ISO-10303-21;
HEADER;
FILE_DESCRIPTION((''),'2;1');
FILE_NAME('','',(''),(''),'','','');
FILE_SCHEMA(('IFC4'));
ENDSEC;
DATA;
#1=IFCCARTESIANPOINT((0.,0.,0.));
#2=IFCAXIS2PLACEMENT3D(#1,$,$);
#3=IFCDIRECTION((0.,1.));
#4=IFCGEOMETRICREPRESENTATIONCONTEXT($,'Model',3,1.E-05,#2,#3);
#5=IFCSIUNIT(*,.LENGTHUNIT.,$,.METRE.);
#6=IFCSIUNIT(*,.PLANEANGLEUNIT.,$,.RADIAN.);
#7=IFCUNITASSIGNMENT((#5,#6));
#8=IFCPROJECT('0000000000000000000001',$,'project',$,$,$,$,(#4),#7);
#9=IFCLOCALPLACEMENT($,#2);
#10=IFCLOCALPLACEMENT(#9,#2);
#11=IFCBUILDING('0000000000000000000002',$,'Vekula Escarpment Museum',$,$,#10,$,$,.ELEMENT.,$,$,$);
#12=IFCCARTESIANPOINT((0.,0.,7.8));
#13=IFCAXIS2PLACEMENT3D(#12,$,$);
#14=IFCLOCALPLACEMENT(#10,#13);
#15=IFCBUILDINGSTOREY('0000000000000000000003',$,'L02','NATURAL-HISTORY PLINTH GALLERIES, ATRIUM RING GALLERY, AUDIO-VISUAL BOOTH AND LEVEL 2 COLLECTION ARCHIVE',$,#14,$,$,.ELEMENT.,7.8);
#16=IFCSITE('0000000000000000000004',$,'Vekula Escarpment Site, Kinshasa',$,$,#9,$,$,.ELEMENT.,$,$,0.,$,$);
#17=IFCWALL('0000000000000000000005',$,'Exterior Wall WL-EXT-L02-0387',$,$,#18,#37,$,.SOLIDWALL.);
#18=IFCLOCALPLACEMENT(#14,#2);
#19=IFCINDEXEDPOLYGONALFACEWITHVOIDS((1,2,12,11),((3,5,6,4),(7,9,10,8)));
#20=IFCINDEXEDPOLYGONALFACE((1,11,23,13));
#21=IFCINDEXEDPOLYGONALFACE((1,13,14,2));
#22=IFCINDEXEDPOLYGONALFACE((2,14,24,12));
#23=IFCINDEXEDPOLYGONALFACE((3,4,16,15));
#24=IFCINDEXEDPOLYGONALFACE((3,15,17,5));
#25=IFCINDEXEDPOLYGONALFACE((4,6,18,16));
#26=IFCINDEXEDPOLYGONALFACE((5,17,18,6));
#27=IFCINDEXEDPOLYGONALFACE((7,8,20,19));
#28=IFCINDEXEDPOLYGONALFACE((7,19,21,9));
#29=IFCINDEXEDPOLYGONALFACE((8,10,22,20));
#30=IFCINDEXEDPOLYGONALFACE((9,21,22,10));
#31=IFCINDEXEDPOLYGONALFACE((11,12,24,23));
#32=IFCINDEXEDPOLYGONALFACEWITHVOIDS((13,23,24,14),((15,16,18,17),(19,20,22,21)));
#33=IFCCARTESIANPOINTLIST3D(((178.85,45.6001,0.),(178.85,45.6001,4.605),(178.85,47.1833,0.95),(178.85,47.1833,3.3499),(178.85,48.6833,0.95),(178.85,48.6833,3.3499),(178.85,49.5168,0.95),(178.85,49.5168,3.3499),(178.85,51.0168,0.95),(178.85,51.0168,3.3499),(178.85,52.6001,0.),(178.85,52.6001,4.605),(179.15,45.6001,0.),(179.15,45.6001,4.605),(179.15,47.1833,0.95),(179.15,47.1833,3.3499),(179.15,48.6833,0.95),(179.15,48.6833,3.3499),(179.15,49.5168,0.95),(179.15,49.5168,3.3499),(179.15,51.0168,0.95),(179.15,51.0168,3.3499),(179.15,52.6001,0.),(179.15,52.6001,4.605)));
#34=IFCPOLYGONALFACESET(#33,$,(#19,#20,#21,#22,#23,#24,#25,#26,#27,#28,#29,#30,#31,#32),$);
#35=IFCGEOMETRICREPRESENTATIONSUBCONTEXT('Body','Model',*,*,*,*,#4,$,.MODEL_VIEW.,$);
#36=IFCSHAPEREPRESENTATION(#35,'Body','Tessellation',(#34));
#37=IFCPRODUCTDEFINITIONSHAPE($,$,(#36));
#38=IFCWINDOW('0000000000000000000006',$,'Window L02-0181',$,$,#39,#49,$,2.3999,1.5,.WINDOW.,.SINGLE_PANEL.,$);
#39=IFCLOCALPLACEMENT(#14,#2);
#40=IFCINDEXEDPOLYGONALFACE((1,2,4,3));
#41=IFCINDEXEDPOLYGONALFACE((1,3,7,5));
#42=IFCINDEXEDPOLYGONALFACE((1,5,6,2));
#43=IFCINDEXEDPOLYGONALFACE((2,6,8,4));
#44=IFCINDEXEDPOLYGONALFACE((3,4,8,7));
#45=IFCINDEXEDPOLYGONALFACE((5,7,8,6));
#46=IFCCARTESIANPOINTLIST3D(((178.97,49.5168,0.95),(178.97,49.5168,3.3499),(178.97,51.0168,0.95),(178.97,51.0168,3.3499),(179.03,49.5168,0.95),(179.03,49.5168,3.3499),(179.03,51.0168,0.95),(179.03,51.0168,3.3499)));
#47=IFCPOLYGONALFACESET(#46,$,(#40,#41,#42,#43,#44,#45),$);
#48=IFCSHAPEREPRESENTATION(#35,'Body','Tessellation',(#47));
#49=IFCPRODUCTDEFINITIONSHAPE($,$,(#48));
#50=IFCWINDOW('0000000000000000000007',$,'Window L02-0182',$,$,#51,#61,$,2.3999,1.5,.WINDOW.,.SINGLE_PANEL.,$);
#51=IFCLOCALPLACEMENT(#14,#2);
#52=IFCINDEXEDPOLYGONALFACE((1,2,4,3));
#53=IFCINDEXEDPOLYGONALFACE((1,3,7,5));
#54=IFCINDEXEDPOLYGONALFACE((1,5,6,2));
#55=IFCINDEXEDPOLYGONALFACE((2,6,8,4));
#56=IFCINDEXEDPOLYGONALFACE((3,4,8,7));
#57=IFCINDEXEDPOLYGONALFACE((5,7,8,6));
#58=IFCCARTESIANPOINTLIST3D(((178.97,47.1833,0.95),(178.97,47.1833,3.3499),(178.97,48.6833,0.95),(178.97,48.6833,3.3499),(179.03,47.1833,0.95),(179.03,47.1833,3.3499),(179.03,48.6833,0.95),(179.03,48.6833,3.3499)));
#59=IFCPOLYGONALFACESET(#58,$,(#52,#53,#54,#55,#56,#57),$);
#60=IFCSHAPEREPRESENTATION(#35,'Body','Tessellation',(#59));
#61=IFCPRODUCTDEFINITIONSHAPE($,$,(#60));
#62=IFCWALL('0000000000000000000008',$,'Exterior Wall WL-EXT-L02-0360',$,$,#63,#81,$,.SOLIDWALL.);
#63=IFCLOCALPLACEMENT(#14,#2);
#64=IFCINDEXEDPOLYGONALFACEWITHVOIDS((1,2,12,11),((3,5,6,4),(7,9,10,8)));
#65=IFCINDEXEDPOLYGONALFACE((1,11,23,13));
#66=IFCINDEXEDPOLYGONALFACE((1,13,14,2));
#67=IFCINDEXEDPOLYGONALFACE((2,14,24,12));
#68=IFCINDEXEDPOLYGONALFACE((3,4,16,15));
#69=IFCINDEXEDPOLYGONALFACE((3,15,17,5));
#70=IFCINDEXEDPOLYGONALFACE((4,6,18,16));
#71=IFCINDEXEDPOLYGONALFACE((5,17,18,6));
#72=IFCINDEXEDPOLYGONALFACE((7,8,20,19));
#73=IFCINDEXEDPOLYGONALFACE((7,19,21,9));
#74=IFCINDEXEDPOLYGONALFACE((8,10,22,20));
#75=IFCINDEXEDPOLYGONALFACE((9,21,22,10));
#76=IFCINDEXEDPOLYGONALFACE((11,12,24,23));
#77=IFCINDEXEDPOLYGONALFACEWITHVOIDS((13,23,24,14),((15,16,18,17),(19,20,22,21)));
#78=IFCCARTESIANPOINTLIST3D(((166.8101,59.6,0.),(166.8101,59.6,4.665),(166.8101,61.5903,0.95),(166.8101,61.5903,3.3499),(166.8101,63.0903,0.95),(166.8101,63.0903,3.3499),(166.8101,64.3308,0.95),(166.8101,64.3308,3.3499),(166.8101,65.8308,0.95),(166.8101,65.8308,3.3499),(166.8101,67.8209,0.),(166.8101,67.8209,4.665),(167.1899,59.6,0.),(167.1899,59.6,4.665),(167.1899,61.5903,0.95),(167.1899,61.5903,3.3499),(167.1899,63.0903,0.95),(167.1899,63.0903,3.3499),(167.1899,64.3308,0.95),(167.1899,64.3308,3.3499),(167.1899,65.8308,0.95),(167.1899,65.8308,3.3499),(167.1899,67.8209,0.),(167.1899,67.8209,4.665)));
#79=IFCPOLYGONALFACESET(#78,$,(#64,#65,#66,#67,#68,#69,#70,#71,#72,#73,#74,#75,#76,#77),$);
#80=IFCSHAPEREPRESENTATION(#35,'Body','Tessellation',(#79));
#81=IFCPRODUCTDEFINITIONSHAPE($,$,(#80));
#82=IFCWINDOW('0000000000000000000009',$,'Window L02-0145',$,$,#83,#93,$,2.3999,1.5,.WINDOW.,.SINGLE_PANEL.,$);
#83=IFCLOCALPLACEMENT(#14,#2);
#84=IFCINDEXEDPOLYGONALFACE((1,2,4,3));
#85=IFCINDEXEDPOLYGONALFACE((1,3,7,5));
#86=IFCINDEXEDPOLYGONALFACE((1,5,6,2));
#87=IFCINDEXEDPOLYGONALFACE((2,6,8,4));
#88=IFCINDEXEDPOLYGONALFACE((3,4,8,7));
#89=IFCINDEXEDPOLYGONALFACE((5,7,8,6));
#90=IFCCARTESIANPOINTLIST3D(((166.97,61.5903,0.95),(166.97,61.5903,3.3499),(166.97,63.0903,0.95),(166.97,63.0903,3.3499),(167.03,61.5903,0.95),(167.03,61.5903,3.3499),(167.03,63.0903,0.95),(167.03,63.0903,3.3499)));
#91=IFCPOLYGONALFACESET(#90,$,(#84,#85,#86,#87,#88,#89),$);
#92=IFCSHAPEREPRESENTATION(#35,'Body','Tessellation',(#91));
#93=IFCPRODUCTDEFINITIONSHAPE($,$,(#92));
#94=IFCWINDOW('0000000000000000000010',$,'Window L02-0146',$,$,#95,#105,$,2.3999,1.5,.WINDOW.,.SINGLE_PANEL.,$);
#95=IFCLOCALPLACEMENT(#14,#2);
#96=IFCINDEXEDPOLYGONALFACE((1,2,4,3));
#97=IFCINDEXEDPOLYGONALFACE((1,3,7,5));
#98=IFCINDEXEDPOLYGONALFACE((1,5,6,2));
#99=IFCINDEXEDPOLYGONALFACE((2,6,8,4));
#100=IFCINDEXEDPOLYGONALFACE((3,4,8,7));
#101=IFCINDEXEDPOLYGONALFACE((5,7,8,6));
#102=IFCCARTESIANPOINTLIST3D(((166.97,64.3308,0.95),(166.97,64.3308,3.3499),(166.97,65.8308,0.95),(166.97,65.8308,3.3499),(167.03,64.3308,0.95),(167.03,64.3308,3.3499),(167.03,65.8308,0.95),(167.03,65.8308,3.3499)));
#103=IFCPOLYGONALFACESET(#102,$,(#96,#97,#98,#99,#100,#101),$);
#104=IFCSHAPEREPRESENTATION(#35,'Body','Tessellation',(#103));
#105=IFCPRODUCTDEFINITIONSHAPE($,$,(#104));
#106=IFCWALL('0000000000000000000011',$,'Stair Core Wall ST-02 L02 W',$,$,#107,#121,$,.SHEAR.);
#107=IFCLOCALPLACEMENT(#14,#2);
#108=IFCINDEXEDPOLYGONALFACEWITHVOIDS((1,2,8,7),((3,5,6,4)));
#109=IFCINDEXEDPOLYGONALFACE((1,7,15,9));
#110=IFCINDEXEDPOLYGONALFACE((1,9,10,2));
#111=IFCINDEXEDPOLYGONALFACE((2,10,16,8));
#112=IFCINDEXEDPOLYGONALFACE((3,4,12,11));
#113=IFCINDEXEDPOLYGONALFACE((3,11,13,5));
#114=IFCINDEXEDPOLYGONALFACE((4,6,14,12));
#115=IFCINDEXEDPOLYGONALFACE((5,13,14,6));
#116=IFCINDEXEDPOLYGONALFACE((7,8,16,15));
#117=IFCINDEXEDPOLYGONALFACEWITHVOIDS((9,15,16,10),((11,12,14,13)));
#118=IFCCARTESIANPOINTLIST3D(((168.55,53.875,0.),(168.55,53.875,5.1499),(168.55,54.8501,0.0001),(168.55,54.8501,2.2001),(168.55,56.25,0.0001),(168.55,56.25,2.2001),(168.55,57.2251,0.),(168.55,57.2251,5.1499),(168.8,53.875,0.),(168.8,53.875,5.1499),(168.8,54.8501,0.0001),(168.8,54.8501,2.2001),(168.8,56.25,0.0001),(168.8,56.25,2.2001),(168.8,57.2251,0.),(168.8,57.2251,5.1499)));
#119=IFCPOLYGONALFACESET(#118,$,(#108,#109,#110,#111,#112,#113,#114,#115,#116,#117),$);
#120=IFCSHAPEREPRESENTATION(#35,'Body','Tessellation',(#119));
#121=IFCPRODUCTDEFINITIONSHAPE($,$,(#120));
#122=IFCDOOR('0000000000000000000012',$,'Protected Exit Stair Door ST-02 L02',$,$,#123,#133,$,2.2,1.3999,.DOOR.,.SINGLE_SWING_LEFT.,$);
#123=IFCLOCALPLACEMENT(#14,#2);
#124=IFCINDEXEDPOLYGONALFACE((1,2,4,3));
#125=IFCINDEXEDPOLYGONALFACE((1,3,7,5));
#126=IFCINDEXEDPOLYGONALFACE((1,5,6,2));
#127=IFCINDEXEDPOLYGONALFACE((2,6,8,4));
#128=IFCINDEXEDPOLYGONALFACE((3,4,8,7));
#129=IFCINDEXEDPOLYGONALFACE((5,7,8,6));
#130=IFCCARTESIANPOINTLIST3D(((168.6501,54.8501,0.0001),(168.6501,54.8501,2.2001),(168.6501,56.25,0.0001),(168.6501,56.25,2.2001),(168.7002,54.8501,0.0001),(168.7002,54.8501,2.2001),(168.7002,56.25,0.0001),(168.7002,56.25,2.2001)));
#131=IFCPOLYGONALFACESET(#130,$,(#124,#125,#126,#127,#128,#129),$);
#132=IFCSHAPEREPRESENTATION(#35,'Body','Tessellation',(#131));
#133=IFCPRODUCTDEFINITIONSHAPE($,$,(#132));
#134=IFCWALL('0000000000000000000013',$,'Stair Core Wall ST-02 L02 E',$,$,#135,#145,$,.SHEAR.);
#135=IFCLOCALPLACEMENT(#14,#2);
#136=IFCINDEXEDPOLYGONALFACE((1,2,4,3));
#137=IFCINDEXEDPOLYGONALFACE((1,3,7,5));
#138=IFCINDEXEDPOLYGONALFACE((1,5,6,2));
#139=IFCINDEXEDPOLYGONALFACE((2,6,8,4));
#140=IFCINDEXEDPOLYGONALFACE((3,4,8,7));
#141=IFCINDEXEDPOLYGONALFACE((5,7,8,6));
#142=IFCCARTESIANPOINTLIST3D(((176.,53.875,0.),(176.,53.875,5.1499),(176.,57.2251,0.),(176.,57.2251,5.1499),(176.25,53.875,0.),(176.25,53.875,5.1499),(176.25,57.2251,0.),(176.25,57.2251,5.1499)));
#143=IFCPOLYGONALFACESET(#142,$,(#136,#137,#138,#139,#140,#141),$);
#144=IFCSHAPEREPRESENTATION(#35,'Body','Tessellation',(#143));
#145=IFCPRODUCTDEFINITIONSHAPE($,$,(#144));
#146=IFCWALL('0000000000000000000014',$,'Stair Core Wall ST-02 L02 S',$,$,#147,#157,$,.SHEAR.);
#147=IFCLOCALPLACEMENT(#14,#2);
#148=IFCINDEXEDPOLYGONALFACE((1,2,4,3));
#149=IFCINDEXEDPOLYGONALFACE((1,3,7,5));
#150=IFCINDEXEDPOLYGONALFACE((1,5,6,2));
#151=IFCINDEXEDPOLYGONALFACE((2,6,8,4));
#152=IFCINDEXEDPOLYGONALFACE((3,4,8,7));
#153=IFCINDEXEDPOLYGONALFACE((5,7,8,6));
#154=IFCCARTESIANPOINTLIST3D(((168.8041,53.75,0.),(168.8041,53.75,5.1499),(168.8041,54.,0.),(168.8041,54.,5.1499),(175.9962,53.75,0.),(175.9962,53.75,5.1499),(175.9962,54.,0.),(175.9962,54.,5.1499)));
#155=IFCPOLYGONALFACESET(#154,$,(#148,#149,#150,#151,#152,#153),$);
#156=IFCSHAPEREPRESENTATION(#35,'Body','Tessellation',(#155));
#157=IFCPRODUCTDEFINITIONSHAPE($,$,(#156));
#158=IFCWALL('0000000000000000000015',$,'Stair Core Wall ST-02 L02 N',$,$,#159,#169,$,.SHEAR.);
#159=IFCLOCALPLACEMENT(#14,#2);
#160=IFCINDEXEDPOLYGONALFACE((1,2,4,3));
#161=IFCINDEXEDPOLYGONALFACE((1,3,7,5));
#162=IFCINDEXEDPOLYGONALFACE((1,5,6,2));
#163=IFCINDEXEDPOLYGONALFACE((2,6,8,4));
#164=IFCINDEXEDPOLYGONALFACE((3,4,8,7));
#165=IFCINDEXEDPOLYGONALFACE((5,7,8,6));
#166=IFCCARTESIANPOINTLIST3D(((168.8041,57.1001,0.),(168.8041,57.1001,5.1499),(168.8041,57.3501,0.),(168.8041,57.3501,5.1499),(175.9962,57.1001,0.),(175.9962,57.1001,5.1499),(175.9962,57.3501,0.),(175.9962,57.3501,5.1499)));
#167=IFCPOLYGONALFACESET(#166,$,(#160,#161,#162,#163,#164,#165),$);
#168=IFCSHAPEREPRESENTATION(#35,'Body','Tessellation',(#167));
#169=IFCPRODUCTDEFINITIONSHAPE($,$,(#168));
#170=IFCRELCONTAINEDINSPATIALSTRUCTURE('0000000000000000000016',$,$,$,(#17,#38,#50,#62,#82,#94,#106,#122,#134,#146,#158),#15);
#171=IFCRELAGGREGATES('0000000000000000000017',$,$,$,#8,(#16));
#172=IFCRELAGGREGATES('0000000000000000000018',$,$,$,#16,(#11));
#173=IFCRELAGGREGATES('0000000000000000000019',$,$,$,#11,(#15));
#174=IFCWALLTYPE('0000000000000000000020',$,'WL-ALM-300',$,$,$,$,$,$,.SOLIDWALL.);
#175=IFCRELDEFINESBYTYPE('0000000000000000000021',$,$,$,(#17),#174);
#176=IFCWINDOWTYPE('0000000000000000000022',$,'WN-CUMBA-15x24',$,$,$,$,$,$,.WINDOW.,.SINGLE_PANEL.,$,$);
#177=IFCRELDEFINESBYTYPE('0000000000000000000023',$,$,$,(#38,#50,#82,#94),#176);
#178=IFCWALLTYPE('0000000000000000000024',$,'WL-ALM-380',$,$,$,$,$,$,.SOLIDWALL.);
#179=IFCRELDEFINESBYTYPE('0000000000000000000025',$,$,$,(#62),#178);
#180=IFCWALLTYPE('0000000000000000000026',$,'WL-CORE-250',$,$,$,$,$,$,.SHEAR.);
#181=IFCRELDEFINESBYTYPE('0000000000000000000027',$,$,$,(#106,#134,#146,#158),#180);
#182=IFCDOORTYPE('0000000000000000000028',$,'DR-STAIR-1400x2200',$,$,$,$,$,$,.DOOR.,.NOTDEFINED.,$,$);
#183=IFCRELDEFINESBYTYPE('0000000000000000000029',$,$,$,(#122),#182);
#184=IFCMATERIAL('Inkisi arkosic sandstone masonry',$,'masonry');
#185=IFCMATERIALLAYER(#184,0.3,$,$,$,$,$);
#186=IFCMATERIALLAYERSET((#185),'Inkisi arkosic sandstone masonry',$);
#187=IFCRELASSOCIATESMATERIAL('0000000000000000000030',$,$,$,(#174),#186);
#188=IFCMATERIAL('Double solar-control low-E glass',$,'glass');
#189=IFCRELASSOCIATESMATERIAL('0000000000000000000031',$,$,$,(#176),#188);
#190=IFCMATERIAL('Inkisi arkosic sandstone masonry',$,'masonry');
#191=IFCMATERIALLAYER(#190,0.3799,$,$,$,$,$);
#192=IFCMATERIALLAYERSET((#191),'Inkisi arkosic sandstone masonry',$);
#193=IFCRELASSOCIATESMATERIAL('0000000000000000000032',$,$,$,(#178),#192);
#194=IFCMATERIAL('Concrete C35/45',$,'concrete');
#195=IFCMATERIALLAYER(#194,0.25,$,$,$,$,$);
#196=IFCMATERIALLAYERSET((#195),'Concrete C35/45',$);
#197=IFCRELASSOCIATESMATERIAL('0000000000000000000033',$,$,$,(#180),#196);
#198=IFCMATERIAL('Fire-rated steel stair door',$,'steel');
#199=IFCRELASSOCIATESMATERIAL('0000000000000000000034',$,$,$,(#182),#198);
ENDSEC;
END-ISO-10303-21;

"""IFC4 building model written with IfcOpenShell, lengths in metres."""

from ifc_helpers import new_model, si_unit, direction, frame, frame_2d, origin, place, context, subcontext, project, spatial, rectangle, extrude, material, layer, layer_set, type_object, element, fill, save


model = new_model("IFC4")

# Units and contexts
model_context = context("Model", 3, precision=1e-05, world=origin(), true_north=direction((0.0, 1.0)))
body_context = subcontext(model_context, "Body", "Model", "MODEL_VIEW")
ifc_project = project(units=[si_unit("LENGTHUNIT", "METRE"), si_unit("PLANEANGLEUNIT", "RADIAN")], contexts=[model_context])

# Site, building, storey
site_placement = place(None, origin())
site = spatial("IfcSite", under=ifc_project, at=site_placement, Name="Vekula Escarpment Site, Kinshasa", CompositionType="ELEMENT", RefElevation=0.0)
building_placement = place(site_placement, origin())
building = spatial("IfcBuilding", under=site, at=building_placement, Name="Vekula Escarpment Museum", CompositionType="ELEMENT")
storey_placement = place(building_placement, frame((0.0, 0.0, 7.8)))
storey = spatial("IfcBuildingStorey", under=building, at=storey_placement, Name="L02", Description="NATURAL-HISTORY PLINTH GALLERIES, ATRIUM RING GALLERY, AUDIO-VISUAL BOOTH AND LEVEL 2 COLLECTION ARCHIVE", CompositionType="ELEMENT", Elevation=7.8)

# Walls, openings, windows
ifc_material_1 = material(Name="Inkisi arkosic sandstone masonry", Category="masonry")
ifc_layer_1 = layer(ifc_material_1, 0.3)
ifc_layer_set_1 = layer_set([ifc_layer_1], Name="Inkisi arkosic sandstone masonry")
wall_type_1 = type_object("IfcWallType", Name="WL-ALM-300", PredefinedType="SOLIDWALL", material=ifc_layer_set_1)
wall_1_placement = place(storey_placement, frame((179.0, 52.6001, 0.0), z_axis=(0.0, 0.0, 1.0), x_axis=(0.0, -1.0, 0.0)))
wall_1 = element("IfcWall", 1, at=wall_1_placement, inside=storey, type_object=wall_type_1, Name="Exterior Wall WL-EXT-L02-0387", PredefinedType="SOLIDWALL", context=body_context, shape_type="SweptSolid", body=[
    extrude(rectangle(XDim=7.0, YDim=0.3, at=frame_2d((3.5, 0.0))), origin(), (0.0, 0.0, 1.0), 4.605),
])
opening_1_placement = place(wall_1_placement, frame((1.5833, 0.0, 0.95)))
opening_1 = element("IfcOpeningElement", 2, at=opening_1_placement, cuts=wall_1, PredefinedType="OPENING", context=body_context, shape_type="SweptSolid", body=[
    extrude(rectangle(XDim=1.5, YDim=2.3999, at=frame_2d((0.75, 1.2))), frame((0.0, 0.1599, 0.0), z_axis=(0.0, -1.0, 0.0), x_axis=(1.0, 0.0, 0.0)), (0.0, 0.0, 1.0), 0.3201),
])
opening_2_placement = place(wall_1_placement, frame((3.9167, 0.0, 0.95)))
opening_2 = element("IfcOpeningElement", 3, at=opening_2_placement, cuts=wall_1, PredefinedType="OPENING", context=body_context, shape_type="SweptSolid", body=[
    extrude(rectangle(XDim=1.5, YDim=2.3999, at=frame_2d((0.75, 1.2))), frame((0.0, 0.1599, 0.0), z_axis=(0.0, -1.0, 0.0), x_axis=(1.0, 0.0, 0.0)), (0.0, 0.0, 1.0), 0.3201),
])
ifc_material_2 = material(Name="Double solar-control low-E glass", Category="glass")
window_type = type_object("IfcWindowType", Name="WN-CUMBA-15x24", PartitioningType="SINGLE_PANEL", PredefinedType="WINDOW", material=ifc_material_2)
window_1_placement = place(opening_1_placement, origin())
window_1 = element("IfcWindow", 4, at=window_1_placement, inside=storey, type_object=window_type, Name="Window L02-0181", OverallHeight=2.3999, OverallWidth=1.5, PartitioningType="SINGLE_PANEL", PredefinedType="WINDOW", context=body_context, shape_type="SweptSolid", body=[
    extrude(rectangle(XDim=1.5, YDim=2.3999, at=frame_2d((0.75, 1.2))), frame((0.0, 0.03, 0.0), z_axis=(0.0, -1.0, 0.0), x_axis=(1.0, 0.0, 0.0)), (0.0, 0.0, 1.0), 0.0601),
])
fill(opening_1, window_1)
window_2_placement = place(opening_2_placement, origin())
window_2 = element("IfcWindow", 5, at=window_2_placement, inside=storey, type_object=window_type, Name="Window L02-0182", OverallHeight=2.3999, OverallWidth=1.5, PartitioningType="SINGLE_PANEL", PredefinedType="WINDOW", context=body_context, shape_type="SweptSolid", body=[
    extrude(rectangle(XDim=1.5, YDim=2.3999, at=frame_2d((0.75, 1.2))), frame((0.0, 0.03, 0.0), z_axis=(0.0, -1.0, 0.0), x_axis=(1.0, 0.0, 0.0)), (0.0, 0.0, 1.0), 0.0601),
])
fill(opening_2, window_2)
ifc_material_3 = material(Name="Inkisi arkosic sandstone masonry", Category="masonry")
ifc_layer_2 = layer(ifc_material_3, 0.3799)
ifc_layer_set_2 = layer_set([ifc_layer_2], Name="Inkisi arkosic sandstone masonry")
wall_type_2 = type_object("IfcWallType", Name="WL-ALM-380", PredefinedType="SOLIDWALL", material=ifc_layer_set_2)
wall_2_placement = place(storey_placement, frame((167.0, 59.6001, 0.0), z_axis=(0.0, 0.0, 1.0), x_axis=(0.0, 1.0, 0.0)))
wall_2 = element("IfcWall", 6, at=wall_2_placement, inside=storey, type_object=wall_type_2, Name="Exterior Wall WL-EXT-L02-0360", PredefinedType="SOLIDWALL", context=body_context, shape_type="SweptSolid", body=[
    extrude(rectangle(XDim=8.2209, YDim=0.3799, at=frame_2d((4.1104, 0.0))), origin(), (0.0, 0.0, 1.0), 4.665),
])
opening_3_placement = place(wall_2_placement, frame((1.9902, 0.0, 0.95)))
opening_3 = element("IfcOpeningElement", 7, at=opening_3_placement, cuts=wall_2, PredefinedType="OPENING", context=body_context, shape_type="SweptSolid", body=[
    extrude(rectangle(XDim=1.5, YDim=2.3999, at=frame_2d((0.75, 1.2))), frame((0.0, 0.2, 0.0), z_axis=(0.0, -1.0, 0.0), x_axis=(1.0, 0.0, 0.0)), (0.0, 0.0, 1.0), 0.3999),
])
opening_4_placement = place(wall_2_placement, frame((4.7307, 0.0, 0.95)))
opening_4 = element("IfcOpeningElement", 8, at=opening_4_placement, cuts=wall_2, PredefinedType="OPENING", context=body_context, shape_type="SweptSolid", body=[
    extrude(rectangle(XDim=1.5, YDim=2.3999, at=frame_2d((0.75, 1.2))), frame((0.0, 0.2, 0.0), z_axis=(0.0, -1.0, 0.0), x_axis=(1.0, 0.0, 0.0)), (0.0, 0.0, 1.0), 0.3999),
])
window_3_placement = place(opening_3_placement, origin())
window_3 = element("IfcWindow", 9, at=window_3_placement, inside=storey, type_object=window_type, Name="Window L02-0145", OverallHeight=2.3999, OverallWidth=1.5, PartitioningType="SINGLE_PANEL", PredefinedType="WINDOW", context=body_context, shape_type="SweptSolid", body=[
    extrude(rectangle(XDim=1.5, YDim=2.3999, at=frame_2d((0.75, 1.2))), frame((0.0, 0.03, 0.0), z_axis=(0.0, -1.0, 0.0), x_axis=(1.0, 0.0, 0.0)), (0.0, 0.0, 1.0), 0.0601),
])
fill(opening_3, window_3)
window_4_placement = place(opening_4_placement, origin())
window_4 = element("IfcWindow", 10, at=window_4_placement, inside=storey, type_object=window_type, Name="Window L02-0146", OverallHeight=2.3999, OverallWidth=1.5, PartitioningType="SINGLE_PANEL", PredefinedType="WINDOW", context=body_context, shape_type="SweptSolid", body=[
    extrude(rectangle(XDim=1.5, YDim=2.3999, at=frame_2d((0.75, 1.2))), frame((0.0, 0.03, 0.0), z_axis=(0.0, -1.0, 0.0), x_axis=(1.0, 0.0, 0.0)), (0.0, 0.0, 1.0), 0.0601),
])
fill(opening_4, window_4)

# Wall, opening, door
ifc_material_4 = material(Name="Concrete C35/45", Category="concrete")
ifc_layer_3 = layer(ifc_material_4, 0.25)
ifc_layer_set_3 = layer_set([ifc_layer_3], Name="Concrete C35/45")
wall_type_3 = type_object("IfcWallType", Name="WL-CORE-250", PredefinedType="SHEAR", material=ifc_layer_set_3)
wall_3_placement = place(storey_placement, frame((168.675, 53.875, 0.0), z_axis=(0.0, 0.0, 1.0), x_axis=(0.0, 1.0, 0.0)))
wall_3 = element("IfcWall", 11, at=wall_3_placement, inside=storey, type_object=wall_type_3, Name="Stair Core Wall ST-02 L02 W", PredefinedType="SHEAR", context=body_context, shape_type="SweptSolid", body=[
    extrude(rectangle(XDim=3.3501, YDim=0.25, at=frame_2d((1.675, 0.0))), origin(), (0.0, 0.0, 1.0), 5.1499),
])
opening_5_placement = place(wall_3_placement, frame((0.9751, 0.0, 0.0)))
opening_5 = element("IfcOpeningElement", 12, at=opening_5_placement, cuts=wall_3, PredefinedType="OPENING", context=body_context, shape_type="SweptSolid", body=[
    extrude(rectangle(XDim=1.3999, YDim=2.2, at=frame_2d((0.7, 1.1001))), frame((0.0, 0.135, 0.0), z_axis=(0.0, -1.0, 0.0), x_axis=(1.0, 0.0, 0.0)), (0.0, 0.0, 1.0), 0.27),
])
ifc_material_5 = material(Name="Fire-rated steel stair door", Category="steel")
door_type_1 = type_object("IfcDoorType", Name="DR-STAIR-1400x2200", OperationType="NOTDEFINED", PredefinedType="DOOR", material=ifc_material_5)
door_1_placement = place(opening_5_placement, origin())
door_1 = element("IfcDoor", 13, at=door_1_placement, inside=storey, type_object=door_type_1, Name="Protected Exit Stair Door ST-02 L02", OperationType="SINGLE_SWING_LEFT", OverallHeight=2.2, OverallWidth=1.3999, PredefinedType="DOOR", context=body_context, shape_type="SweptSolid", body=[
    extrude(rectangle(XDim=1.3999, YDim=2.2, at=frame_2d((0.7, 1.1001))), frame((0.0, 0.0249, 0.0), z_axis=(0.0, -1.0, 0.0), x_axis=(1.0, 0.0, 0.0)), (0.0, 0.0, 1.0), 0.05),
])
fill(opening_5, door_1)

# Walls
wall_4_placement = place(storey_placement, frame((176.125, 53.875, 0.0), z_axis=(0.0, 0.0, 1.0), x_axis=(0.0, 1.0, 0.0)))
element("IfcWall", 14, at=wall_4_placement, inside=storey, type_object=wall_type_3, Name="Stair Core Wall ST-02 L02 E", PredefinedType="SHEAR", context=body_context, shape_type="SweptSolid", body=[
    extrude(rectangle(XDim=3.3501, YDim=0.25, at=frame_2d((1.675, 0.0))), origin(), (0.0, 0.0, 1.0), 5.1499),
])
for number, where, z_axis, x_axis, name in (
    (15, (168.804, 53.875, 0.0), (0.0, 0.0, 1.0), (1.0, 0.0, 0.0), "Stair Core Wall ST-02 L02 S"),
    (16, (168.804, 57.2251, 0.0), (0.0, 0.0, 1.0), (1.0, 0.0, 0.0), "Stair Core Wall ST-02 L02 N"),
):
    element("IfcWall", number, at=place(storey_placement, frame(where, z_axis=z_axis, x_axis=x_axis)), inside=storey, type_object=wall_type_3, Name=name, PredefinedType="SHEAR", context=body_context, shape_type="SweptSolid", body=[
        extrude(rectangle(XDim=7.1921, YDim=0.25, at=frame_2d((3.5962, 0.0))), origin(), (0.0, 0.0, 1.0), 5.1499),
    ])

save(model, "model.ifc")
